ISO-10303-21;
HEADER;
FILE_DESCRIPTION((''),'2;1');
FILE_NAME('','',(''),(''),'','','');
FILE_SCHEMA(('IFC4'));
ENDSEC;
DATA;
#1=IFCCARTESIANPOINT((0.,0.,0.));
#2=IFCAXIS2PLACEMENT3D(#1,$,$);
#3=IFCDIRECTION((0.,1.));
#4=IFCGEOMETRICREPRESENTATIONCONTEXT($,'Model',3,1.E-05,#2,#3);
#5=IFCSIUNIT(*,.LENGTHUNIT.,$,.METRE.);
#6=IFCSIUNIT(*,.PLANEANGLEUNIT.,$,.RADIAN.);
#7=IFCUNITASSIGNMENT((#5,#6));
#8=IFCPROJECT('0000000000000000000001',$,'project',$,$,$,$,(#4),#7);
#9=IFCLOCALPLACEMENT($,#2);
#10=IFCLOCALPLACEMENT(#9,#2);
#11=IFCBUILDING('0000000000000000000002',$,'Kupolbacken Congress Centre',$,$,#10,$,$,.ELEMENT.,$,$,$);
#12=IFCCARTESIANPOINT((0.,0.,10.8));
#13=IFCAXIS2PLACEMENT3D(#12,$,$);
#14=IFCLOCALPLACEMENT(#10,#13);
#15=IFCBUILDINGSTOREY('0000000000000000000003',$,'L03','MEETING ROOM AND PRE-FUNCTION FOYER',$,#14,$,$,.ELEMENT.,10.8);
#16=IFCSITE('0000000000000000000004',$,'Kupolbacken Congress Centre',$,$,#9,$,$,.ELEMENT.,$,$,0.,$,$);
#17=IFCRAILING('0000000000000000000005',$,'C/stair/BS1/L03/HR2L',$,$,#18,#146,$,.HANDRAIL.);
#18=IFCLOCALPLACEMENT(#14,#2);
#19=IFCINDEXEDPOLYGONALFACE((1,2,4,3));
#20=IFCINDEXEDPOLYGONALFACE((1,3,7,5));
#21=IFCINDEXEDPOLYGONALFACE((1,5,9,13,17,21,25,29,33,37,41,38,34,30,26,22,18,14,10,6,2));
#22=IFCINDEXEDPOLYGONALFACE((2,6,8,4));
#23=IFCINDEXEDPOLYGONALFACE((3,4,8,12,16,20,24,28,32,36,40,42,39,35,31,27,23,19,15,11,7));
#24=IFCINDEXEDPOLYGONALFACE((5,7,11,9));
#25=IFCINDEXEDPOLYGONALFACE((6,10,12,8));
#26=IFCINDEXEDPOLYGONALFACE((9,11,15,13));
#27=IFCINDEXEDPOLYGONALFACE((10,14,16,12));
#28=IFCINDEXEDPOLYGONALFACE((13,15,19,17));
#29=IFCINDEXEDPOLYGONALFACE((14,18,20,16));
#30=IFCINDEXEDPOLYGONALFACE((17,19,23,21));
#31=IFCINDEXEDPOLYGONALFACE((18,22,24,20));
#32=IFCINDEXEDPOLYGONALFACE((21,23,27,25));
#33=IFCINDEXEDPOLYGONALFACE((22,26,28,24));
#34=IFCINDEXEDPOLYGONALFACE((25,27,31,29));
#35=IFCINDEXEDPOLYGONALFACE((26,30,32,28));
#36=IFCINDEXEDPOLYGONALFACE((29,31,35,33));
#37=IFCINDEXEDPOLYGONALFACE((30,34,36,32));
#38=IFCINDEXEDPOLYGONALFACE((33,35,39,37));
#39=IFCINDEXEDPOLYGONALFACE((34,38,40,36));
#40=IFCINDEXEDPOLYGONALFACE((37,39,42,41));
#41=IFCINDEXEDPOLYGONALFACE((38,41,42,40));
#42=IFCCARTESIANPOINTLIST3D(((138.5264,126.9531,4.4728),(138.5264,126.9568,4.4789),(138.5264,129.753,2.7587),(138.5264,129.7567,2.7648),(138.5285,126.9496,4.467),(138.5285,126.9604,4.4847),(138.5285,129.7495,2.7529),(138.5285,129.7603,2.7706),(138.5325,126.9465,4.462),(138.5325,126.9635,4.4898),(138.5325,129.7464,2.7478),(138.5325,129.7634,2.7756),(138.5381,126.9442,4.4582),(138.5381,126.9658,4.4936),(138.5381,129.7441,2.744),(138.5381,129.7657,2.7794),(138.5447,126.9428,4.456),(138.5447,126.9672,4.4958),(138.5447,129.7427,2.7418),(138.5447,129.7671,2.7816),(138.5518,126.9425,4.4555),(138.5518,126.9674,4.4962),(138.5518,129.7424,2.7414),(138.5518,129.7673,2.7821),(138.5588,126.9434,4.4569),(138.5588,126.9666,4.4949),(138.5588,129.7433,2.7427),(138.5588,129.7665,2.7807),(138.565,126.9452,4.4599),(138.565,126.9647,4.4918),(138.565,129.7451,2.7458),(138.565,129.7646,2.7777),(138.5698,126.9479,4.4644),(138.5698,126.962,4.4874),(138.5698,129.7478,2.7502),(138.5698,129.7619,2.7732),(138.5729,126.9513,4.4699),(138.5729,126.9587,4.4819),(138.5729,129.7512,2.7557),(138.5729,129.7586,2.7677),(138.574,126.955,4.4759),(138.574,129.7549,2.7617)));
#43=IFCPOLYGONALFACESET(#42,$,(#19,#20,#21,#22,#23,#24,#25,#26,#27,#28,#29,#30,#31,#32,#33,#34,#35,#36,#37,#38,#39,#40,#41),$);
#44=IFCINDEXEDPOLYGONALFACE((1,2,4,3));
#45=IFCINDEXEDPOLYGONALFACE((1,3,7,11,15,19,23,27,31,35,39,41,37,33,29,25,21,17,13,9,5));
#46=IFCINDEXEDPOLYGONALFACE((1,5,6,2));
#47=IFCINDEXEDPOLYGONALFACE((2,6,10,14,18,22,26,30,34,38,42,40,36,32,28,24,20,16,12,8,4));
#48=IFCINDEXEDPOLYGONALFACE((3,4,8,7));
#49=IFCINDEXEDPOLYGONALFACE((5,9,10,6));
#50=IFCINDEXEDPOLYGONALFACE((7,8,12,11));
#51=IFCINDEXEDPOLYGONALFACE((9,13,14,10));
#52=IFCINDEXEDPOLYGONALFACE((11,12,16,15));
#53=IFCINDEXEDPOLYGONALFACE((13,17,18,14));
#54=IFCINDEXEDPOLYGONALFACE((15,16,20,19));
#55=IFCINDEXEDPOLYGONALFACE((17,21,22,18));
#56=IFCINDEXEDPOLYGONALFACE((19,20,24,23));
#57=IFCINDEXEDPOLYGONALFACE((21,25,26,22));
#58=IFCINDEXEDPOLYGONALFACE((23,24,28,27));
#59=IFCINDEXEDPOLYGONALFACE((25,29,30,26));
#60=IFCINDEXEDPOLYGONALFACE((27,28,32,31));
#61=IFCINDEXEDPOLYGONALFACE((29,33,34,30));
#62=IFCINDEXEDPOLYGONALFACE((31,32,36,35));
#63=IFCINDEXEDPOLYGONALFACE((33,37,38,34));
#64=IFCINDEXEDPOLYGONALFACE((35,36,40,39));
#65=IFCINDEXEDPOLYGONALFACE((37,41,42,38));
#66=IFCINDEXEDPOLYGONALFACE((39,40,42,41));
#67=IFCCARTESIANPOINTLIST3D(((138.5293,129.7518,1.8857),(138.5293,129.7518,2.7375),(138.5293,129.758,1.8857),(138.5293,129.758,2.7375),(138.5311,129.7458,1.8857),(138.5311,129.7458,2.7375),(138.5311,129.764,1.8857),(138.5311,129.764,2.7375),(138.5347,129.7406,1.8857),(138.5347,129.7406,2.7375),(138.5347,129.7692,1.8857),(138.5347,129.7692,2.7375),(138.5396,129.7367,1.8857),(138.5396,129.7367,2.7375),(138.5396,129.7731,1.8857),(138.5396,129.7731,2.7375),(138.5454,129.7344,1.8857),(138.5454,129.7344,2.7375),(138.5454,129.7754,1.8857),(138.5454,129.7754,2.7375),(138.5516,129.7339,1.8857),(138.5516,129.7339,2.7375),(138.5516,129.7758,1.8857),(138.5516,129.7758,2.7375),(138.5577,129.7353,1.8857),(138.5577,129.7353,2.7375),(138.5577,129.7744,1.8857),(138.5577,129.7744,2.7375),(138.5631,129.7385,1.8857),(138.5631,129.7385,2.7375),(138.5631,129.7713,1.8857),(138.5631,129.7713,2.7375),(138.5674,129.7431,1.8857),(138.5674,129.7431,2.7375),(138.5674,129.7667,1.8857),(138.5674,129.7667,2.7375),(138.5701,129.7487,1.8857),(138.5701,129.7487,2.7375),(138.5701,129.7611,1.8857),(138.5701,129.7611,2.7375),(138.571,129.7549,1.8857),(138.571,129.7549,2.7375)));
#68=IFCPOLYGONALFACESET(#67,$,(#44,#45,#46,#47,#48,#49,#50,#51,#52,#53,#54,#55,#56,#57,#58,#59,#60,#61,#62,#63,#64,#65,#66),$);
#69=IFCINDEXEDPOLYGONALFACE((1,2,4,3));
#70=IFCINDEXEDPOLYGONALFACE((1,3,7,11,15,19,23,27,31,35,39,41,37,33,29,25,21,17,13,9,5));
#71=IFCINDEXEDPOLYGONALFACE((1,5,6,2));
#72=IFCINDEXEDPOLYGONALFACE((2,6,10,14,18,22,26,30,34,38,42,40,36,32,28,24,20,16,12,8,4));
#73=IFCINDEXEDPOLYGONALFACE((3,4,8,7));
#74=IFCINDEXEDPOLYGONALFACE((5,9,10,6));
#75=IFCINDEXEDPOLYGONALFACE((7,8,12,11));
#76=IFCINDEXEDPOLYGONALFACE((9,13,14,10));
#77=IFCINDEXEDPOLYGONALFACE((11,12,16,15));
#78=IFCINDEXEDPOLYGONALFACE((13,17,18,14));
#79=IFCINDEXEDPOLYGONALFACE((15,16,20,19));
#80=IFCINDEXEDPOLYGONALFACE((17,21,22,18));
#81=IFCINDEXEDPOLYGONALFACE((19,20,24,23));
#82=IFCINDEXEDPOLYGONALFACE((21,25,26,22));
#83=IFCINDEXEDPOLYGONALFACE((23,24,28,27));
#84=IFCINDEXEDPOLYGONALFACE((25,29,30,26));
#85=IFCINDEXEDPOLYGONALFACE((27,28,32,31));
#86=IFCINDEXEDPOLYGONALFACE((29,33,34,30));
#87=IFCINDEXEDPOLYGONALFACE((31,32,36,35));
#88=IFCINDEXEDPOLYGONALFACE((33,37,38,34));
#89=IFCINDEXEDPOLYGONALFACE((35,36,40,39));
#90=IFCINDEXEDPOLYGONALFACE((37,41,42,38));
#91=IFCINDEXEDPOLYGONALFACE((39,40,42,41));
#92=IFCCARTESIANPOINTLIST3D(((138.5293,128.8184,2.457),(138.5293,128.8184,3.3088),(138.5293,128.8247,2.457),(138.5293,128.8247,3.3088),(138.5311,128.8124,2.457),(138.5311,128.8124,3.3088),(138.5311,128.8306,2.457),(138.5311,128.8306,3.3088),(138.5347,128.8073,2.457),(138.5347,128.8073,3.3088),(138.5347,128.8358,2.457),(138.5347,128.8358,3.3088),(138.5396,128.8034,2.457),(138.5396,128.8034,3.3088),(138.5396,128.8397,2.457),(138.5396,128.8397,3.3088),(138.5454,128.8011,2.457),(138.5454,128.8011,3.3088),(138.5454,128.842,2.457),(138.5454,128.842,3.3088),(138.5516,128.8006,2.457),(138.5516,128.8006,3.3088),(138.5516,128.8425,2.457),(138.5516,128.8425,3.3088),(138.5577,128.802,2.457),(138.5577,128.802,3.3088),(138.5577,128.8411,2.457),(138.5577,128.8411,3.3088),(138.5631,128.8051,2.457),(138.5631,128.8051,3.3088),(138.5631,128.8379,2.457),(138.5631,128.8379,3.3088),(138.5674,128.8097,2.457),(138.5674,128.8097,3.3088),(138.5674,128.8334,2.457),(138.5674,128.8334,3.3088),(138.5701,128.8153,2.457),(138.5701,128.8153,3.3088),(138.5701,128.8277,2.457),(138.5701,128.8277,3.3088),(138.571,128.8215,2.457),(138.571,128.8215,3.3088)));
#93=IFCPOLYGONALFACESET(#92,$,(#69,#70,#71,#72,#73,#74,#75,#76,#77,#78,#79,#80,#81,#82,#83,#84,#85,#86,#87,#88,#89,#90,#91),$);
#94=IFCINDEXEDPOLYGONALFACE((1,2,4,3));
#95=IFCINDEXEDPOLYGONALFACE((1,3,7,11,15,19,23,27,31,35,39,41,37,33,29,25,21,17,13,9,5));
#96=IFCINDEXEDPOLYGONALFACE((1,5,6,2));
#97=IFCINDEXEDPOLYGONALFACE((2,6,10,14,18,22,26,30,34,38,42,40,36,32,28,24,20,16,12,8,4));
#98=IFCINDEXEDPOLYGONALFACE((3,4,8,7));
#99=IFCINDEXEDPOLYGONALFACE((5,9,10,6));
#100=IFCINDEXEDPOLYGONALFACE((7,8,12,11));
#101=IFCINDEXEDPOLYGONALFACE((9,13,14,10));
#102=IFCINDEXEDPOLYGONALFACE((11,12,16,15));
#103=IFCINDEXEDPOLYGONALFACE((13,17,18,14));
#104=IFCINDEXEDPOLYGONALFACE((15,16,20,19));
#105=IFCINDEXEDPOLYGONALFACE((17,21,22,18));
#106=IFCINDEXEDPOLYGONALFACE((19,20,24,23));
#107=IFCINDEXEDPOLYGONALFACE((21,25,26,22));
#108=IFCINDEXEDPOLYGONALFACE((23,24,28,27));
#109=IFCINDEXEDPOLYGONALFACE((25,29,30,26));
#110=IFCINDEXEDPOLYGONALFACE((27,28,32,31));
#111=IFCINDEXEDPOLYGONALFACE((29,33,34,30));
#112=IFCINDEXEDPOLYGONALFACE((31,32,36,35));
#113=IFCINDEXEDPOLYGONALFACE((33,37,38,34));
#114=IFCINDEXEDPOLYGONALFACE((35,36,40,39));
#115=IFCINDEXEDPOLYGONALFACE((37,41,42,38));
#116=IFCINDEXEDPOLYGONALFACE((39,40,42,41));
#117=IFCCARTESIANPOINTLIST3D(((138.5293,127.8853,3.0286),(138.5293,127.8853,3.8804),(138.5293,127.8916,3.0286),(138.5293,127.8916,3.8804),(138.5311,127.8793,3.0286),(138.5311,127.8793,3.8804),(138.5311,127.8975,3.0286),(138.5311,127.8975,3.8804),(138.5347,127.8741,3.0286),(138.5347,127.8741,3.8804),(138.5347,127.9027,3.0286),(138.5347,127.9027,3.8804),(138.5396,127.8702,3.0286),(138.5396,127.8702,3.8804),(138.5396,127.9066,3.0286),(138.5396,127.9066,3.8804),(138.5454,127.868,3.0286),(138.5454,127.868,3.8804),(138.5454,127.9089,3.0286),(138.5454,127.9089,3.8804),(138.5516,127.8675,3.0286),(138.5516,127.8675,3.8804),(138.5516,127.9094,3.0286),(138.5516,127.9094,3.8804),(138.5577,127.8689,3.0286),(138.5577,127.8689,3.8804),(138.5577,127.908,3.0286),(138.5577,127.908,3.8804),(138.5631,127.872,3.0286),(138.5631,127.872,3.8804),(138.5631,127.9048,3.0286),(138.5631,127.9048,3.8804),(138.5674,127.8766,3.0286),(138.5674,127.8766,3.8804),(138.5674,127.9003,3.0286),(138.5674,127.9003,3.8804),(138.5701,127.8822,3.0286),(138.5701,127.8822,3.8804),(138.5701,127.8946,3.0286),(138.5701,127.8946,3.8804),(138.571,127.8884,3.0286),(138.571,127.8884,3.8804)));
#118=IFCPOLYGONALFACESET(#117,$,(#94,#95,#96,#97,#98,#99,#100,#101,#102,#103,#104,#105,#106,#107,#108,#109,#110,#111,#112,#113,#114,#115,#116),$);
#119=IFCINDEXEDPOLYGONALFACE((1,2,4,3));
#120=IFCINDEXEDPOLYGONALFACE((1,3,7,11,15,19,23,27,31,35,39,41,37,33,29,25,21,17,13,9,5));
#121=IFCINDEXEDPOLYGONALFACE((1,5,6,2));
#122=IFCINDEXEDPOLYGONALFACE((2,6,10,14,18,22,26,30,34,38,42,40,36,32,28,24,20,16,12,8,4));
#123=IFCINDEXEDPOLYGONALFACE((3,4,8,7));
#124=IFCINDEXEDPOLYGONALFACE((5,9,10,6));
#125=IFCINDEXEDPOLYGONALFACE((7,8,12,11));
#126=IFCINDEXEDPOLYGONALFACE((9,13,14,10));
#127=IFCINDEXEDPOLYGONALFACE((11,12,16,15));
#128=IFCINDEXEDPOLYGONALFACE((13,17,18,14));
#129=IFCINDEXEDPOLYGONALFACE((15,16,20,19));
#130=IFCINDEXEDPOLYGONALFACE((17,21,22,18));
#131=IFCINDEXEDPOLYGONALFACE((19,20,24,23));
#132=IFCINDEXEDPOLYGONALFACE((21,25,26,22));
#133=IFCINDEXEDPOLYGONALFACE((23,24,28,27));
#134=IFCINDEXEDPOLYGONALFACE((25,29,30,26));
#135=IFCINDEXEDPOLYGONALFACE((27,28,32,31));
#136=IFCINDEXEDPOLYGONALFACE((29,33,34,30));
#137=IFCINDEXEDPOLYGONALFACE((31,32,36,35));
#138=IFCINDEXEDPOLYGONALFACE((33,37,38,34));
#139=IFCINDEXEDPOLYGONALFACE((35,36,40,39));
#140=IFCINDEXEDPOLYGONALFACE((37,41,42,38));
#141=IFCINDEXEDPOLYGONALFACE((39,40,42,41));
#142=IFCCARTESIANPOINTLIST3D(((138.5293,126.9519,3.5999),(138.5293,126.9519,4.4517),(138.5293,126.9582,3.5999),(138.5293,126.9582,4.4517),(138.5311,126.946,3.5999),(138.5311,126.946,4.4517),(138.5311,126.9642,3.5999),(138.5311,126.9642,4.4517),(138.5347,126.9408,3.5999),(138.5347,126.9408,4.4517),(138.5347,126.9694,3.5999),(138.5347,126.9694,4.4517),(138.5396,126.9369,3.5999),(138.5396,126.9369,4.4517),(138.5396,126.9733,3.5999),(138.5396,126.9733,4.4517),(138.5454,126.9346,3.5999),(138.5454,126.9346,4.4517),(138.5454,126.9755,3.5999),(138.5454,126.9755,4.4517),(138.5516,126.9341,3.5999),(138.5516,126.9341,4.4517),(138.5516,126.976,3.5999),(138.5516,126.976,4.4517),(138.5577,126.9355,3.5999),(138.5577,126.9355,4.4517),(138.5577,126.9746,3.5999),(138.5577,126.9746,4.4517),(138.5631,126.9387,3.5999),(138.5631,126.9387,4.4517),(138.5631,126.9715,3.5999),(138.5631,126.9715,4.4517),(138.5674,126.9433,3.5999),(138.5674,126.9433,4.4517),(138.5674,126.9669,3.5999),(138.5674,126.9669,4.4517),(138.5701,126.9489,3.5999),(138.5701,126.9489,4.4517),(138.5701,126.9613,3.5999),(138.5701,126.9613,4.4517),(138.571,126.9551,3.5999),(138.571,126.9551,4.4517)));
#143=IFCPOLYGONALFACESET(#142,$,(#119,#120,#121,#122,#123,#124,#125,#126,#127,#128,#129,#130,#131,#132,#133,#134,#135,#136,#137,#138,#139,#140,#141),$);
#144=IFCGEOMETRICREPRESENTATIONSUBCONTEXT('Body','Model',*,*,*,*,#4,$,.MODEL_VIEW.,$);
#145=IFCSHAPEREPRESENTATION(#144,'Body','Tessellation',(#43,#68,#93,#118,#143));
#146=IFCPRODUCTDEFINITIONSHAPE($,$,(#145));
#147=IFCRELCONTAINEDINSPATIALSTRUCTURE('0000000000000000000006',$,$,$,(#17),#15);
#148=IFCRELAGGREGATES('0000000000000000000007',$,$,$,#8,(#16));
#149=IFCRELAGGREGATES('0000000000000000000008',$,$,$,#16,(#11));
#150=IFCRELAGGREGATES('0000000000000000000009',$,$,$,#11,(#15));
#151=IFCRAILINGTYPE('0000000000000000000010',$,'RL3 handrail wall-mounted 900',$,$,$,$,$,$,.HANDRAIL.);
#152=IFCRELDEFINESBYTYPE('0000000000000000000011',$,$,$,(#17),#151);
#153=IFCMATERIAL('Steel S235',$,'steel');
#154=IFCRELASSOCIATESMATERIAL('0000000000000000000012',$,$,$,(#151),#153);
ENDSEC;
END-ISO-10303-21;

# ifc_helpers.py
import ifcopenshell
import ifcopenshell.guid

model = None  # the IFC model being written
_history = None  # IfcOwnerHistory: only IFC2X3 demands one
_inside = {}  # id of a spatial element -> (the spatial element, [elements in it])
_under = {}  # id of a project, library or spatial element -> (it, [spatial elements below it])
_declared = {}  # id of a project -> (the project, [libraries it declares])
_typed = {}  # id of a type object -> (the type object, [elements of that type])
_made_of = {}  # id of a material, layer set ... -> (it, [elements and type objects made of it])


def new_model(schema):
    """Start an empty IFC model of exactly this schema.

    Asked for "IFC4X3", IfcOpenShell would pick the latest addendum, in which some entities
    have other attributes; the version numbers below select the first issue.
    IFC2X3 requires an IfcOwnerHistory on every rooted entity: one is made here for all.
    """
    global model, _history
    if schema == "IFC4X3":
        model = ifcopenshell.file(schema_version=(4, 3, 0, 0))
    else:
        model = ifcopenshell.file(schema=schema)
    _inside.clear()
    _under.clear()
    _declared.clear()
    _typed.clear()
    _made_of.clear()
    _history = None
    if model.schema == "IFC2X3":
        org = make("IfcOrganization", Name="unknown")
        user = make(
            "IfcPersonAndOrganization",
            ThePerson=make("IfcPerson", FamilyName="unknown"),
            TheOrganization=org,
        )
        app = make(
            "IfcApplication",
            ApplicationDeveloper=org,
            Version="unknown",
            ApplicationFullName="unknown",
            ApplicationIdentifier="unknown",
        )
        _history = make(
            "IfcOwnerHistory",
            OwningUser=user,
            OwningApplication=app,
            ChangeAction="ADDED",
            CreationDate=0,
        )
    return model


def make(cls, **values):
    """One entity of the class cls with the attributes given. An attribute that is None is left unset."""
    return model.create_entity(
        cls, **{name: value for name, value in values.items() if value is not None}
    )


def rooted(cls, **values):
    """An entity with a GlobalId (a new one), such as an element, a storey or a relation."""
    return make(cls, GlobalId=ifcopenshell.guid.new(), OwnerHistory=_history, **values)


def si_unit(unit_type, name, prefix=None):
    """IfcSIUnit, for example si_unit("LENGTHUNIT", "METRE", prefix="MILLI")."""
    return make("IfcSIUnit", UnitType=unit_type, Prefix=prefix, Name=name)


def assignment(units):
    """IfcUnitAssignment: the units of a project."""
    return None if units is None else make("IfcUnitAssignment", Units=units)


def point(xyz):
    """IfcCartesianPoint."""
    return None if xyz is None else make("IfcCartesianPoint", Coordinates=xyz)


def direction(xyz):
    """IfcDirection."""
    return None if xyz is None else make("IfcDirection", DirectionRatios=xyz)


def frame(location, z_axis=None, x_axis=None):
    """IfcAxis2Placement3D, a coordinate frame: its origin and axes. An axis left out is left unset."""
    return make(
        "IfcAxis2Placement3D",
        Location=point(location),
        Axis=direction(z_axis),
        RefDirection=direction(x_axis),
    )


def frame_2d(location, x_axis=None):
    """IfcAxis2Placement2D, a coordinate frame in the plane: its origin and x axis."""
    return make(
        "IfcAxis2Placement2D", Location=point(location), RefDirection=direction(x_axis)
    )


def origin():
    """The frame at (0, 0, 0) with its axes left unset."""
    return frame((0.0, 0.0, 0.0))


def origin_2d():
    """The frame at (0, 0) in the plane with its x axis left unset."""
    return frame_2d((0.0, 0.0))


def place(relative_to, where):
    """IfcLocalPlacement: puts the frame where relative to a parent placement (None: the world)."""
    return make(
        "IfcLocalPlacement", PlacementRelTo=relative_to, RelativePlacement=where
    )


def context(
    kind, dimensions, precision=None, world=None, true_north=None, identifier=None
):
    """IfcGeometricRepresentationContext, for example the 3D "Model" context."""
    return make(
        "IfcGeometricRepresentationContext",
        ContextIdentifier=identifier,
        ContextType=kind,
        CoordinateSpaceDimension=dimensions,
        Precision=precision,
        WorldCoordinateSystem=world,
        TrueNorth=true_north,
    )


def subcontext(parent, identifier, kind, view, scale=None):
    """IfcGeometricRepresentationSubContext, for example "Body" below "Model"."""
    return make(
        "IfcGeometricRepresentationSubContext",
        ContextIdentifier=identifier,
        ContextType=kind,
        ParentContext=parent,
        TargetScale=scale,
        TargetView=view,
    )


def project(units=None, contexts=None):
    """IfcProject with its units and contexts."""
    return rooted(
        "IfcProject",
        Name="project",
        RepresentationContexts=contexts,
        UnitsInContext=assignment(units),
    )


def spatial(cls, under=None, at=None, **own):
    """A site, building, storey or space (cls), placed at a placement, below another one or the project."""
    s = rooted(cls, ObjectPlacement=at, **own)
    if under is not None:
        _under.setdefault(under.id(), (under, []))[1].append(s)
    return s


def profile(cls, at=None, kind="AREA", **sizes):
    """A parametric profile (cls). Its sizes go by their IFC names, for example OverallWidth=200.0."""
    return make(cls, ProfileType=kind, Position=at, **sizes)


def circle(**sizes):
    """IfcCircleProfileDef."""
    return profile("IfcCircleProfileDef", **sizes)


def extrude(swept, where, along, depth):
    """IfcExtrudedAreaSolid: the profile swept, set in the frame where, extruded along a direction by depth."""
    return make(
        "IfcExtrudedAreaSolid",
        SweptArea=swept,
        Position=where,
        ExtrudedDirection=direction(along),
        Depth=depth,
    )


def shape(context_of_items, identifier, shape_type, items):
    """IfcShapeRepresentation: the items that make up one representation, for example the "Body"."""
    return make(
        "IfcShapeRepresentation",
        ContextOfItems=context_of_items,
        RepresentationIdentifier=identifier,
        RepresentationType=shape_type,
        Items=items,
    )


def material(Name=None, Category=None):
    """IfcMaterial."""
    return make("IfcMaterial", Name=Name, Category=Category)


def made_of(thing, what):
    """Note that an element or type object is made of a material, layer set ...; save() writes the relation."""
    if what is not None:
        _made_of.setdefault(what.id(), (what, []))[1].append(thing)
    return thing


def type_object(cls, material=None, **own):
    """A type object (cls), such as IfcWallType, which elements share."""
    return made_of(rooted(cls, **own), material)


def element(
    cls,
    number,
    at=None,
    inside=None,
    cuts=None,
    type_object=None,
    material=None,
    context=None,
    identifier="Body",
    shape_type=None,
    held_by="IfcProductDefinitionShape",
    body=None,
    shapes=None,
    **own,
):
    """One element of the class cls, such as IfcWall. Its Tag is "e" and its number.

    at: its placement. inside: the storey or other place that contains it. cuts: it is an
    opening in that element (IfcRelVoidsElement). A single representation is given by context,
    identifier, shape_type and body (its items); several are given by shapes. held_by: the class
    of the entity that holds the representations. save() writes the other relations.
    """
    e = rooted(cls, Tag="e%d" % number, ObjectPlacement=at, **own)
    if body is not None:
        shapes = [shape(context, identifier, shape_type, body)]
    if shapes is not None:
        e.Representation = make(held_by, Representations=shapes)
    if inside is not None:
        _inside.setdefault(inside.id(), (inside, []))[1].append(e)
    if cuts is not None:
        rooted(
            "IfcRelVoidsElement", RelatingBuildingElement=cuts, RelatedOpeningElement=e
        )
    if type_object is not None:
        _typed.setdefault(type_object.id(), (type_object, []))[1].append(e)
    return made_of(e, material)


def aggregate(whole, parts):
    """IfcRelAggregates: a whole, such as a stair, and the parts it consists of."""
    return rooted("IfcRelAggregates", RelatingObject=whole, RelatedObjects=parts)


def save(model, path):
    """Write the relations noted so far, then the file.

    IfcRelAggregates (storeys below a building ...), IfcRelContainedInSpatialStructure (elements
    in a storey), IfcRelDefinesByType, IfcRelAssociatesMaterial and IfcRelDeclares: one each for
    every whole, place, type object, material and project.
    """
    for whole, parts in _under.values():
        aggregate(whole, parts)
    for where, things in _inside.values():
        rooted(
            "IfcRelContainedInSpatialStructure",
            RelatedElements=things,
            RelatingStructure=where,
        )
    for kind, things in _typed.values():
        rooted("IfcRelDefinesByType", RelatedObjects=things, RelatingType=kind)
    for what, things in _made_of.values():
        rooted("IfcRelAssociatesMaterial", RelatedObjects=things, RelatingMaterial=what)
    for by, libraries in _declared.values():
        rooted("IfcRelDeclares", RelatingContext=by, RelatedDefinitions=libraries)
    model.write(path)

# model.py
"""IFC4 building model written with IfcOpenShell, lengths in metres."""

from ifc_helpers import new_model, si_unit, direction, frame, origin, origin_2d, place, context, subcontext, project, spatial, circle, extrude, material, type_object, element, save


model = new_model("IFC4")

# Units and contexts
model_context = context("Model", 3, precision=1e-05, world=origin(), true_north=direction((0.0, 1.0)))
body_context = subcontext(model_context, "Body", "Model", "MODEL_VIEW")
ifc_project = project(units=[si_unit("LENGTHUNIT", "METRE"), si_unit("PLANEANGLEUNIT", "RADIAN")], contexts=[model_context])

# Site, building, storey
site_placement = place(None, origin())
site = spatial("IfcSite", under=ifc_project, at=site_placement, Name="Kupolbacken Congress Centre", CompositionType="ELEMENT", RefElevation=0.0)
building_placement = place(site_placement, origin())
building = spatial("IfcBuilding", under=site, at=building_placement, Name="Kupolbacken Congress Centre", CompositionType="ELEMENT")
storey_placement = place(building_placement, frame((0.0, 0.0, 10.8)))
storey = spatial("IfcBuildingStorey", under=building, at=storey_placement, Name="L03", Description="MEETING ROOM AND PRE-FUNCTION FOYER", CompositionType="ELEMENT", Elevation=10.8)

# Railing
ifc_material_1 = material(Name="Steel S235", Category="steel")
railing_type_1 = type_object("IfcRailingType", Name="RL3 handrail wall-mounted 900", PredefinedType="HANDRAIL", material=ifc_material_1)
for number, where, name in (
    (1, (138.55, 129.7549, 1.8857), "C/stair/BS1/L03/HR2L"),
):
    element("IfcRailing", number, at=place(storey_placement, frame(where)), inside=storey, type_object=railing_type_1, Name=name, PredefinedType="HANDRAIL", context=body_context, shape_type="SweptSolid", body=[
        extrude(circle(Radius=0.0239, at=origin_2d()), frame((0.0, 0.0, 0.876), z_axis=(0.0, -0.852859, 0.522142), x_axis=(1.0, 0.0, 0.0)), (0.0, 0.0, 1.0), 3.283),
        extrude(circle(Radius=0.021, at=origin_2d()), origin(), (0.0, 0.0, 1.0), 0.8518),
        extrude(circle(Radius=0.021, at=origin_2d()), frame((0.0, -0.9333, 0.5713)), (0.0, 0.0, 1.0), 0.8518),
        extrude(circle(Radius=0.021, at=origin_2d()), frame((0.0, -1.8665, 1.1428)), (0.0, 0.0, 1.0), 0.8518),
        extrude(circle(Radius=0.021, at=origin_2d()), frame((0.0, -2.7998, 1.7141)), (0.0, 0.0, 1.0), 0.8518),
    ])

save(model, "model.ifc")
